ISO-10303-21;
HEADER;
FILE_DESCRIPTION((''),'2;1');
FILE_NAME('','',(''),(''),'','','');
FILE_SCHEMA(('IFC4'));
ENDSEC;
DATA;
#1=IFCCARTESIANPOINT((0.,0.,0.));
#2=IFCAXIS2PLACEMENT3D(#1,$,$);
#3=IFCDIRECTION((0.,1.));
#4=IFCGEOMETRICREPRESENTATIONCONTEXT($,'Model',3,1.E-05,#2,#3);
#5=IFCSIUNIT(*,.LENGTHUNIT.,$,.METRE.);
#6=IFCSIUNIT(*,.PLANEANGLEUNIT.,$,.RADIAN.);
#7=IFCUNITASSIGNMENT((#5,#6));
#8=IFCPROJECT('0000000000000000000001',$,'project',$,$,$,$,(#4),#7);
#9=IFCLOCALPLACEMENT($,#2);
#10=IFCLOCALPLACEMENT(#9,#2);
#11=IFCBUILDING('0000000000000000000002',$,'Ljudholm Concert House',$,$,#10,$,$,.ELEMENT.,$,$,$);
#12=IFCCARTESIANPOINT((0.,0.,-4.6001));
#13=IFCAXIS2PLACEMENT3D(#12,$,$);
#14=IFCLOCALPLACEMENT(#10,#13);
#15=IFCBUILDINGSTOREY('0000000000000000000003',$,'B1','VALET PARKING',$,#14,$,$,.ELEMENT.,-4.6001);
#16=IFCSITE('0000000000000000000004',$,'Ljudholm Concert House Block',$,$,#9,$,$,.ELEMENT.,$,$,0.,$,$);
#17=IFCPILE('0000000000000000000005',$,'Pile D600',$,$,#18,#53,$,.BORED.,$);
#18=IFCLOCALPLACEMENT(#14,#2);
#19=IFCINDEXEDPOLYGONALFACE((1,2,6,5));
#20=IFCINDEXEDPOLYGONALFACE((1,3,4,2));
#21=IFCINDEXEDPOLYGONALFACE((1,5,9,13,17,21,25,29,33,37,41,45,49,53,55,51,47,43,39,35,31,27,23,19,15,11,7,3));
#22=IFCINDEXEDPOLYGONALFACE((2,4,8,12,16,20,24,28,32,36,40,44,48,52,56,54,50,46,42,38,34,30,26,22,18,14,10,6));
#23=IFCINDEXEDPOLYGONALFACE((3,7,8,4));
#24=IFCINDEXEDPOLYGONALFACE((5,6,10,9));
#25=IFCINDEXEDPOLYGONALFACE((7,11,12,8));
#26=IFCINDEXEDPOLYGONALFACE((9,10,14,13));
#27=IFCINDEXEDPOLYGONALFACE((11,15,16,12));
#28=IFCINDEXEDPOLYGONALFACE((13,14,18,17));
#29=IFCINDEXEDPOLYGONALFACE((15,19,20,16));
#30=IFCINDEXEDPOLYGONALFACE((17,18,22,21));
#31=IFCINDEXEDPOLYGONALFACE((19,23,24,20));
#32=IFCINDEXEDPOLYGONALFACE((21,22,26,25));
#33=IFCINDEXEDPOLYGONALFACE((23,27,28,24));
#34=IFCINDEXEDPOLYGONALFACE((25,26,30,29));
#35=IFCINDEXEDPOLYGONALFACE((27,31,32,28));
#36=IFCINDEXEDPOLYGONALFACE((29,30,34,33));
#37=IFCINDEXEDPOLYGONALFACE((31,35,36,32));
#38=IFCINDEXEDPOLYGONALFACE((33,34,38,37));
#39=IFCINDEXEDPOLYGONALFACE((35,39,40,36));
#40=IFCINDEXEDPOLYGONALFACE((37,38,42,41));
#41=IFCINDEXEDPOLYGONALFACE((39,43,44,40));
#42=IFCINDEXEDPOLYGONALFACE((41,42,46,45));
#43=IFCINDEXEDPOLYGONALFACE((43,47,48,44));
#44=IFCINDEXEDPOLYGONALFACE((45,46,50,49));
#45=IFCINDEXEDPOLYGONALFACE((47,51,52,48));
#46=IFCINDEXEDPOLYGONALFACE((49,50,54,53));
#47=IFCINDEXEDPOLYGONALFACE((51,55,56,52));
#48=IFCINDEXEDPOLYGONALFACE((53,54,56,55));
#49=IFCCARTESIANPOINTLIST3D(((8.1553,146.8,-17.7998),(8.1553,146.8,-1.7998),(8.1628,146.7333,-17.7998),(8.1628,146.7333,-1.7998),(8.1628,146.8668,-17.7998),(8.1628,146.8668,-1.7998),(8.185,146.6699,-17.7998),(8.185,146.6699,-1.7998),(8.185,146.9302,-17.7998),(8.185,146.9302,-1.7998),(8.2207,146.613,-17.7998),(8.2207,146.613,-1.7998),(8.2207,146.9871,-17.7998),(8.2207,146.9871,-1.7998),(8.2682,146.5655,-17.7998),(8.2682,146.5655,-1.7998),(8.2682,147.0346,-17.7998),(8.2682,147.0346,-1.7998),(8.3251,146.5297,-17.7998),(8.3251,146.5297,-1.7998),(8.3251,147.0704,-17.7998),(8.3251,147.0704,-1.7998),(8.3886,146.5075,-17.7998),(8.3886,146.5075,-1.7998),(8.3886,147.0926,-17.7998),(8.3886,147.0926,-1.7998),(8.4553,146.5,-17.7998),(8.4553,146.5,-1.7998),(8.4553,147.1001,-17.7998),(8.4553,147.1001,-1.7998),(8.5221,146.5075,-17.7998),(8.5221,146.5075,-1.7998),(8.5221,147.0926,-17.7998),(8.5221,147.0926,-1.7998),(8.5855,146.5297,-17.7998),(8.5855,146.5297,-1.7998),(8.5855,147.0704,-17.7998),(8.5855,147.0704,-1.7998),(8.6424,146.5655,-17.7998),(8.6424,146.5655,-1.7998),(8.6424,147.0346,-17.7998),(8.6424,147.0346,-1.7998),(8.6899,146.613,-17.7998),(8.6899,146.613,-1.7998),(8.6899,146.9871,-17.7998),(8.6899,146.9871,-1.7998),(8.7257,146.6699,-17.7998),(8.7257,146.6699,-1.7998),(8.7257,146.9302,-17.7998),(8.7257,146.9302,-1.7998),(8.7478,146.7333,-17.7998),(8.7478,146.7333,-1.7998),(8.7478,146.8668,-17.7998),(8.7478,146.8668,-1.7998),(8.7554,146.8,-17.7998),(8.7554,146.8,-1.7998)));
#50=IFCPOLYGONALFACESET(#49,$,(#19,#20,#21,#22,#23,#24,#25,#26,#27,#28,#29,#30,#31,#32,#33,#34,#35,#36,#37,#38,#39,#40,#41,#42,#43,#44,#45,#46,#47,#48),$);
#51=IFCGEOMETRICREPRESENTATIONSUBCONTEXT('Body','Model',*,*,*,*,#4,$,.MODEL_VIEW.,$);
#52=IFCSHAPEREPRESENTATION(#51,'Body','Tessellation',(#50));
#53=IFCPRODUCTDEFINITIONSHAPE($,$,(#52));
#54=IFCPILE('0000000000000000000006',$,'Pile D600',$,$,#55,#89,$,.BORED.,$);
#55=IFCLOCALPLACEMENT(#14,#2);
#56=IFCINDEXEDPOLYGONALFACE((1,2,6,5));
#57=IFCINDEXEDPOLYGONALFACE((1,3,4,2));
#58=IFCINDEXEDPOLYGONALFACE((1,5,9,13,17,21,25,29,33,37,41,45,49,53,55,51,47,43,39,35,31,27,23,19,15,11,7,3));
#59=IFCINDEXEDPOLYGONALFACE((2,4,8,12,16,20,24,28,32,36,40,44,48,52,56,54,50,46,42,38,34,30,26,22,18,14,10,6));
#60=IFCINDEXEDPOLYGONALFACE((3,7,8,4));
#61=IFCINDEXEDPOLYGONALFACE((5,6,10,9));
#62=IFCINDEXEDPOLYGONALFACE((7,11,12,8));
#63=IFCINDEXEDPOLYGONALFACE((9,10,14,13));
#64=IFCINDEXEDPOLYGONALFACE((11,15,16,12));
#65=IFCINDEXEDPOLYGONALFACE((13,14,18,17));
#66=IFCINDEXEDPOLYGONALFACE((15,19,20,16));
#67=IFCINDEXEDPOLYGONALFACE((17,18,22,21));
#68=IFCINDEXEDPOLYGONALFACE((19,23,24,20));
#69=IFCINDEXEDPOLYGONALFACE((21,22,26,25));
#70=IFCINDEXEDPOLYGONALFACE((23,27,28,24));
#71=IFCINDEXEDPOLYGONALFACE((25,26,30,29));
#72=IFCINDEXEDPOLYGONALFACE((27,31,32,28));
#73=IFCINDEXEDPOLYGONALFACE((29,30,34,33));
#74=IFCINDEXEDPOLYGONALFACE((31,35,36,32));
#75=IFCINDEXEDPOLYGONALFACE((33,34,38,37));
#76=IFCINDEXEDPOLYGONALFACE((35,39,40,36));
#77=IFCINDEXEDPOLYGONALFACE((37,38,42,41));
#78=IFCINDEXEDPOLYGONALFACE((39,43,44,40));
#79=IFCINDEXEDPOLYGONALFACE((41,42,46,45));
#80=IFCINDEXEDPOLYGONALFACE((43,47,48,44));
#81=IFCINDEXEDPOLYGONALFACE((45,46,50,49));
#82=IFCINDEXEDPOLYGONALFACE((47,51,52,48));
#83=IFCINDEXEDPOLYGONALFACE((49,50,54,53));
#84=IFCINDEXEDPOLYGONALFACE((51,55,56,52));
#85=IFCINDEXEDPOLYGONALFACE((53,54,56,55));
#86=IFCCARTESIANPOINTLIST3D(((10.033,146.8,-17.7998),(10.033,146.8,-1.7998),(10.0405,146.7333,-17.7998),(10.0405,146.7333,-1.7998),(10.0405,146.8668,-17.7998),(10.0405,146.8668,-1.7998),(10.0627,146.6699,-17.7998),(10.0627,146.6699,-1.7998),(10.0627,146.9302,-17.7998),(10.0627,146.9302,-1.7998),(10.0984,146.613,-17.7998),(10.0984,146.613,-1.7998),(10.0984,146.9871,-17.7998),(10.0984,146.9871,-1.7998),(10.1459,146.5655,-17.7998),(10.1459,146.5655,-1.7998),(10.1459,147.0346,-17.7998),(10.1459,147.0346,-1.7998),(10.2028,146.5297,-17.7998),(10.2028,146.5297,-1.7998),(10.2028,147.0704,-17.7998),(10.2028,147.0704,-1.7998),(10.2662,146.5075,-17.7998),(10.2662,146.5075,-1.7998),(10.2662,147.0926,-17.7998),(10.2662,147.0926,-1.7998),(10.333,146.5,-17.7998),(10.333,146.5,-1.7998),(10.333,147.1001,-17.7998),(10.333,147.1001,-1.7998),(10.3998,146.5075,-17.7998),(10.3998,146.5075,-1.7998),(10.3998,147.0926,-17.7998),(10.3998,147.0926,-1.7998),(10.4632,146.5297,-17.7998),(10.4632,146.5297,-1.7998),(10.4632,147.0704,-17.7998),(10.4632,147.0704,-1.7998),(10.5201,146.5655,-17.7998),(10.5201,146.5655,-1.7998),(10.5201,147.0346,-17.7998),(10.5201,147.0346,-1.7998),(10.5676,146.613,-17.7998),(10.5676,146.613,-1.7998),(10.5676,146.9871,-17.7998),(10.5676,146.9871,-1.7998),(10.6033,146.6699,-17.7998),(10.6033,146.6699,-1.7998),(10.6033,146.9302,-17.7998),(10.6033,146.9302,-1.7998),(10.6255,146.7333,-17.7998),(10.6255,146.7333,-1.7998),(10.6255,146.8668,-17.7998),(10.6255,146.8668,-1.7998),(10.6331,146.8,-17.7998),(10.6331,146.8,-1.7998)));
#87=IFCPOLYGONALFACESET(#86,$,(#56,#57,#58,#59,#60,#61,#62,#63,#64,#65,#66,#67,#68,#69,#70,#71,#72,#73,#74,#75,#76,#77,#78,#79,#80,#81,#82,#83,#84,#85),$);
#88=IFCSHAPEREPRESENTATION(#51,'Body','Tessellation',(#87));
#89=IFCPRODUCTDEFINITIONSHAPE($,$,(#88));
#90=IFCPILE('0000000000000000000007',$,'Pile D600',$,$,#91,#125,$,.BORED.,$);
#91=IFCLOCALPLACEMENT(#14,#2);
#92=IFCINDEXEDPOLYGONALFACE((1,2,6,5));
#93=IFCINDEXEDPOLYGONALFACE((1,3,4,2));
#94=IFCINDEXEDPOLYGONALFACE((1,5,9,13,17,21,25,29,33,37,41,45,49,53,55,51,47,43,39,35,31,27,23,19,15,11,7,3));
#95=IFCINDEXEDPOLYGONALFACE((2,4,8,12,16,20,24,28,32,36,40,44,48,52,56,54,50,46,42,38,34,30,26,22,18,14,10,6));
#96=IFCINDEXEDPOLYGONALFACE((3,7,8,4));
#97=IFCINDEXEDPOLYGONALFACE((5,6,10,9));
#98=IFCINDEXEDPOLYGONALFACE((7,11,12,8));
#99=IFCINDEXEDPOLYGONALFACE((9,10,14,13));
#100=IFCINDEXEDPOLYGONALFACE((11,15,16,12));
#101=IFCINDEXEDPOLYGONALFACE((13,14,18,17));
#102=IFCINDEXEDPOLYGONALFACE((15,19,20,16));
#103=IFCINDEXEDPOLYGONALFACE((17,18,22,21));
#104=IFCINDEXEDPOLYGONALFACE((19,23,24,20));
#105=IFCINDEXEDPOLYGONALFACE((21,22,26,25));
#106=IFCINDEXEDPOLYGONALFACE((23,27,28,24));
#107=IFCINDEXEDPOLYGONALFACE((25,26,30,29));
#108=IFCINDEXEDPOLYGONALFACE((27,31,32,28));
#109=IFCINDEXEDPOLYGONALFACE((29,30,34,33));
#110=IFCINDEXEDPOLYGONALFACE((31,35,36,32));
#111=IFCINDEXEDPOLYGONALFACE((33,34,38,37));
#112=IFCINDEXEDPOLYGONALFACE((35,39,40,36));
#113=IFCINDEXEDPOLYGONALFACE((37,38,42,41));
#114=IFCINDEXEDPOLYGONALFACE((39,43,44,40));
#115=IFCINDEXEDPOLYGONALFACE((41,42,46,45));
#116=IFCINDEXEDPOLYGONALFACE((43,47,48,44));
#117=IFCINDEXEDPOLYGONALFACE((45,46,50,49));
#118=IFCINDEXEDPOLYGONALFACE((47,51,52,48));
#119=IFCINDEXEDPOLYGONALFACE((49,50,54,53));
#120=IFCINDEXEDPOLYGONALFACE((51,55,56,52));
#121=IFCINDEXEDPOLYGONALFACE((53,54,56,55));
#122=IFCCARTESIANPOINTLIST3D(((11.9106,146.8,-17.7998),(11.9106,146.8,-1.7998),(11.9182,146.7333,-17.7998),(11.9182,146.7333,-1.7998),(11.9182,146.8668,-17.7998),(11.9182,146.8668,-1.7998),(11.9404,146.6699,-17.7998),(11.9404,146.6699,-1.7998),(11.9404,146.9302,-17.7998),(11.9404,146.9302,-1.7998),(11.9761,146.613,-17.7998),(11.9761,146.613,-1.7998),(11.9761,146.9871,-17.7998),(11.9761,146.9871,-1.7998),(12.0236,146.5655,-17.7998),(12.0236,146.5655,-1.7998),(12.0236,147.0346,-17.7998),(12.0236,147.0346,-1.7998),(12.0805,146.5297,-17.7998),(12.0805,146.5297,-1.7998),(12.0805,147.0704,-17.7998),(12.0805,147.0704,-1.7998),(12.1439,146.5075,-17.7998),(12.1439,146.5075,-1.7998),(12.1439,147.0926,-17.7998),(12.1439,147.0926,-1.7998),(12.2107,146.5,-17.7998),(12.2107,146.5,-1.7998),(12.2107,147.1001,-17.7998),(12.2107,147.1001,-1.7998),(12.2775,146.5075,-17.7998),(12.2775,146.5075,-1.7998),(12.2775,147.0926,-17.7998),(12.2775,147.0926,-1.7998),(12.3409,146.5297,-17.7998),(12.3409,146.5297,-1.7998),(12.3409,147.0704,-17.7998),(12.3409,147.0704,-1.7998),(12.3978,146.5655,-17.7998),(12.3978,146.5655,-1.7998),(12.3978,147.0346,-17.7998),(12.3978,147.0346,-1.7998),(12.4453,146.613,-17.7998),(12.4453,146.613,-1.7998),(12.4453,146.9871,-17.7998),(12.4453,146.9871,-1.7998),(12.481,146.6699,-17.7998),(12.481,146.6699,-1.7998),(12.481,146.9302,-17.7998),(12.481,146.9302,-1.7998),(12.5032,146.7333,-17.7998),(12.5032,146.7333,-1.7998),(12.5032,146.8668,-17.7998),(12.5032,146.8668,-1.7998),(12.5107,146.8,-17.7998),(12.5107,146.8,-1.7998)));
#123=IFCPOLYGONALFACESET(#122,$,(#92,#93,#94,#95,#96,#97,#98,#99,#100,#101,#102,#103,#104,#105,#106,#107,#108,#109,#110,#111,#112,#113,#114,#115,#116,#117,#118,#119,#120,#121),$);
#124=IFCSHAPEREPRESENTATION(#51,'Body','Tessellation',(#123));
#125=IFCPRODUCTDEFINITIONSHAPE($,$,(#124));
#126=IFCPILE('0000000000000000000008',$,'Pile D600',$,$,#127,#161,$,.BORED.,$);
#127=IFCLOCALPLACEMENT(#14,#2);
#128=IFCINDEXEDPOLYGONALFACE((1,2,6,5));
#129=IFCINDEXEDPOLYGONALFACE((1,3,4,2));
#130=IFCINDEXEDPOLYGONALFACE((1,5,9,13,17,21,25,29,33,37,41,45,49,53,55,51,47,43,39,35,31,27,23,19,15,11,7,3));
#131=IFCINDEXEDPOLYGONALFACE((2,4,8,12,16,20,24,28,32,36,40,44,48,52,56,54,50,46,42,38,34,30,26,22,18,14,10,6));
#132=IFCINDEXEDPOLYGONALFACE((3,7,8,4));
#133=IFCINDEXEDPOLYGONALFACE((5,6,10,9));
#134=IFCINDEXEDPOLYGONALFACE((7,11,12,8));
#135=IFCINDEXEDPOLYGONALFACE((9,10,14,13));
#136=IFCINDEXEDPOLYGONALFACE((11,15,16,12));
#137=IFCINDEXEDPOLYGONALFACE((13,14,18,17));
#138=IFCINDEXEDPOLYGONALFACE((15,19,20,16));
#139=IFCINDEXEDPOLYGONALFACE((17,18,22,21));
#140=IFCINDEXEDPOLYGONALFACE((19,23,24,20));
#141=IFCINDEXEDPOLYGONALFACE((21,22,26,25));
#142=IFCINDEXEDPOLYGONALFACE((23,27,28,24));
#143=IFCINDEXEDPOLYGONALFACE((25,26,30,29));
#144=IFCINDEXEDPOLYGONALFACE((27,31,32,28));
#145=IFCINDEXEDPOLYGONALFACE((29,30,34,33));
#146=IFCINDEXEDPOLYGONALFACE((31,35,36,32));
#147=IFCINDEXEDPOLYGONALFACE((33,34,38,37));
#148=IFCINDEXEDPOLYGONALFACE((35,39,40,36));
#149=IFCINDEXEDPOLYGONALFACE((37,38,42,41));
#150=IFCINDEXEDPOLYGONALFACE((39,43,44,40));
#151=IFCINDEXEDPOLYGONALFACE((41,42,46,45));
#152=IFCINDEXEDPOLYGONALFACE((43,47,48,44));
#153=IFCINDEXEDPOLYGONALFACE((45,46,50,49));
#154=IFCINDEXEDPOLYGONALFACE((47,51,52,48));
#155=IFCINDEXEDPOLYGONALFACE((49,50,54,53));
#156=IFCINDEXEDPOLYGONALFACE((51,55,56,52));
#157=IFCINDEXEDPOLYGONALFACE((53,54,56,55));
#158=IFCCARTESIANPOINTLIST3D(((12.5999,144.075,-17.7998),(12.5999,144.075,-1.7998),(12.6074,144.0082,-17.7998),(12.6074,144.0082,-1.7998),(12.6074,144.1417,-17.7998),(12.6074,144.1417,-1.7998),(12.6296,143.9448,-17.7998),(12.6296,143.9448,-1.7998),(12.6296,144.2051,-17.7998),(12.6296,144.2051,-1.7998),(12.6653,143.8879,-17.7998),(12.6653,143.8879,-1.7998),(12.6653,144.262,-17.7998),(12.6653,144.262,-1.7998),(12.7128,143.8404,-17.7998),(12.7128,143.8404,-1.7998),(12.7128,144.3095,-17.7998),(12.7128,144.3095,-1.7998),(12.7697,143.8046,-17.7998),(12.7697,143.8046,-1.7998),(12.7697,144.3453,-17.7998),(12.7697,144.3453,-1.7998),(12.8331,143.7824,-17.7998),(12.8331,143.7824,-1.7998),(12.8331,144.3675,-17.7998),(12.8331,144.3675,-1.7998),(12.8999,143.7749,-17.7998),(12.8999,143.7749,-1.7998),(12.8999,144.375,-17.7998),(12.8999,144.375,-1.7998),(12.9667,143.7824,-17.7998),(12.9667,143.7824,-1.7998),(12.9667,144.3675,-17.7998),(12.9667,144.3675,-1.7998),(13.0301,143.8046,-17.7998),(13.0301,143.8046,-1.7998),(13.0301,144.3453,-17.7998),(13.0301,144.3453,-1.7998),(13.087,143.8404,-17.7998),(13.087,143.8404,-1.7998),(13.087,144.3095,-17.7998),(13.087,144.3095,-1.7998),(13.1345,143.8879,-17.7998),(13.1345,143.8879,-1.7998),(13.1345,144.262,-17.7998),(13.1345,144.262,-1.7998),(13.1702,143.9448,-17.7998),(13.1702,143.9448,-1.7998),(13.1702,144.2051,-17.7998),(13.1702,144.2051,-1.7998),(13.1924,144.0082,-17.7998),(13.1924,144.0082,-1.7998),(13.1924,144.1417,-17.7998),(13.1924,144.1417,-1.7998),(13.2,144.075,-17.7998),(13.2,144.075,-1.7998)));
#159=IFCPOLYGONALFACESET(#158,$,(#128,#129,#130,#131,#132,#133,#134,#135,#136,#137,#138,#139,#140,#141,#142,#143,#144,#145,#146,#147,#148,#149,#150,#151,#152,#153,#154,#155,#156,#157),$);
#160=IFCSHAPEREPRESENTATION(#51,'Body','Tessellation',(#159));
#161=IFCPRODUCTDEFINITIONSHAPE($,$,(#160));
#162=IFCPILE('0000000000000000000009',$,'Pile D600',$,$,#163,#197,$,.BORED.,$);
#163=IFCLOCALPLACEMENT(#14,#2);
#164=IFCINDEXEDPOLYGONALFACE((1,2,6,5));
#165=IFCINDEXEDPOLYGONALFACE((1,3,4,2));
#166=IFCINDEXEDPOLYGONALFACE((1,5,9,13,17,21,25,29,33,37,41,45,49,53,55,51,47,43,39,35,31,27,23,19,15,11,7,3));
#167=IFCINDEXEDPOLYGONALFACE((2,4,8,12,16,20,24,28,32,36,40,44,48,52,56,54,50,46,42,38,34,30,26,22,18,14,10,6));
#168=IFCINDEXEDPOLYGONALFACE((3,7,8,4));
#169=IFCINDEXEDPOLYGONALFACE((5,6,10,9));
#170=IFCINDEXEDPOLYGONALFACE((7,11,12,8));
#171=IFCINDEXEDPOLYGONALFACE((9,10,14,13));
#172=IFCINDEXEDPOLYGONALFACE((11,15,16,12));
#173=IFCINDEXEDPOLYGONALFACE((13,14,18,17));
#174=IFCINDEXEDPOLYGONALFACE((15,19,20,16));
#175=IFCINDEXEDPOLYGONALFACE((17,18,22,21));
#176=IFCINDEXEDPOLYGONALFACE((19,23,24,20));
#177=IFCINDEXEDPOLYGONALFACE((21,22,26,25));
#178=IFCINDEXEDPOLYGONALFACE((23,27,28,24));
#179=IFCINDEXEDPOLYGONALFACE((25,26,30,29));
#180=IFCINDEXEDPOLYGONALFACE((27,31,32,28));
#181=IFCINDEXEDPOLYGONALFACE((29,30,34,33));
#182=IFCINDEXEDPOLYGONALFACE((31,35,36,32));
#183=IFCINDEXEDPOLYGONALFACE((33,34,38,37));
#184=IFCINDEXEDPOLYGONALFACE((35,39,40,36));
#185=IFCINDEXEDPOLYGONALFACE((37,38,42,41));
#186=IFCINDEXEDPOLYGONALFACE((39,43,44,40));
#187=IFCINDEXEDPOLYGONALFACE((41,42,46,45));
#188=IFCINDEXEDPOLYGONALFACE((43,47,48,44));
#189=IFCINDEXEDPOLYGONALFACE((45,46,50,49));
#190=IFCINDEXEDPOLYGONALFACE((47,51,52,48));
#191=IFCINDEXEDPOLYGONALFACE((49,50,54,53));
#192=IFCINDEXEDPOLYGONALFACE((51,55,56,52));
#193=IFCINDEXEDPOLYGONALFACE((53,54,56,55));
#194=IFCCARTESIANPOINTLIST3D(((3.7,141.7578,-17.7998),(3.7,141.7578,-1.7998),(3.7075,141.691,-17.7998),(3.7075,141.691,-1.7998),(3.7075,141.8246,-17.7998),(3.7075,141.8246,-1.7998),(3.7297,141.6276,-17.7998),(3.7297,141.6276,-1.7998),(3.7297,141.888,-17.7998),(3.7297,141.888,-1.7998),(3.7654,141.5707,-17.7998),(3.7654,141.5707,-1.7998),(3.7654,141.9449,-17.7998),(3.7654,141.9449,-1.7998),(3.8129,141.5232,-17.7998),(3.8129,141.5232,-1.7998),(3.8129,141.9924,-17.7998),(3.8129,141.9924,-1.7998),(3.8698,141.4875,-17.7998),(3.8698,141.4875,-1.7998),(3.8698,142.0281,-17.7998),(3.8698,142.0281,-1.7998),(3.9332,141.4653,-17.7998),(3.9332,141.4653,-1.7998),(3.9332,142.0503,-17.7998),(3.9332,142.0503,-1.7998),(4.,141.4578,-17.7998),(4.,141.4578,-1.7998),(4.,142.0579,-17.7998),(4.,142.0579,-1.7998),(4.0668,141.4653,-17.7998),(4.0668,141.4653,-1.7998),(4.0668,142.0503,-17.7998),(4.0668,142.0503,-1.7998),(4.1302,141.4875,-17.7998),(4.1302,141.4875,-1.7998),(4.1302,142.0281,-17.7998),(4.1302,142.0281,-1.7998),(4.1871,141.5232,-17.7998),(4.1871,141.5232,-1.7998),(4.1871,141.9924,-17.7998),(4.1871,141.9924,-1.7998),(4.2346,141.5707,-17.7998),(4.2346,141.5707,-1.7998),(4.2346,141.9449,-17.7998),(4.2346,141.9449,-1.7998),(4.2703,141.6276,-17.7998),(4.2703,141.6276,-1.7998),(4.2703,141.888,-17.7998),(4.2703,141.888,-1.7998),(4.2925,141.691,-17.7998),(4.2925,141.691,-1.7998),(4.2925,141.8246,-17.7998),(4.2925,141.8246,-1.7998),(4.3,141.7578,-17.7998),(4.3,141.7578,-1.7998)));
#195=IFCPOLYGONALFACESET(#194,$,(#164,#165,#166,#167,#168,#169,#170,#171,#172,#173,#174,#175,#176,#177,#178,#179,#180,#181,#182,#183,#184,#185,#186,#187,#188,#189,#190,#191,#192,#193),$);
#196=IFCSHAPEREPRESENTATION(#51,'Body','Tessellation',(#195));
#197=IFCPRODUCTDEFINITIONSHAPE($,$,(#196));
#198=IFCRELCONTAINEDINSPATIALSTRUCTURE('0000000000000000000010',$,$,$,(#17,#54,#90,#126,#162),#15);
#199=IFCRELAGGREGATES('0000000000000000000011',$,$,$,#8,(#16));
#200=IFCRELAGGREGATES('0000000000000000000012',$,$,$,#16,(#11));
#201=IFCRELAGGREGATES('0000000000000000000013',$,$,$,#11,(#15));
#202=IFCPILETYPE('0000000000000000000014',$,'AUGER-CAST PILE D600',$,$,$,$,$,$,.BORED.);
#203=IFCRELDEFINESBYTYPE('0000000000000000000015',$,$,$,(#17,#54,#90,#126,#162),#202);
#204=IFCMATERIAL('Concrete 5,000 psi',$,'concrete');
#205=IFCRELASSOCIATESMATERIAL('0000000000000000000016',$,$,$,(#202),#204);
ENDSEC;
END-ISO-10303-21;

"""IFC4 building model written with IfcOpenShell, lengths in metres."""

from ifc_helpers import new_model, si_unit, direction, frame, origin, origin_2d, place, context, subcontext, project, spatial, circle, extrude, material, material_profile, profile_set, type_object, element, save


model = new_model("IFC4")

# Units and contexts
model_context = context("Model", 3, precision=1e-05, world=origin(), true_north=direction((0.0, 1.0)))
body_context = subcontext(model_context, "Body", "Model", "MODEL_VIEW")
ifc_project = project(units=[si_unit("LENGTHUNIT", "METRE"), si_unit("PLANEANGLEUNIT", "RADIAN")], contexts=[model_context])

# Site, building, storey
site_placement = place(None, origin())
site = spatial("IfcSite", under=ifc_project, at=site_placement, Name="Ljudholm Concert House Block", CompositionType="ELEMENT", RefElevation=0.0)
building_placement = place(site_placement, origin())
building = spatial("IfcBuilding", under=site, at=building_placement, Name="Ljudholm Concert House", CompositionType="ELEMENT")
storey_placement = place(building_placement, frame((0.0, 0.0, -4.6001)))
storey = spatial("IfcBuildingStorey", under=building, at=storey_placement, Name="B1", Description="VALET PARKING", CompositionType="ELEMENT", Elevation=-4.6001)

# Piles
ifc_material_1 = material(Name="Concrete 5,000 psi", Category="concrete")
ifc_material_profile_1 = material_profile(ifc_material_1, circle(Radius=0.3, at=origin_2d()), Name="AUGER-CAST PILE D600")
ifc_profile_set_1 = profile_set([ifc_material_profile_1], Name="Concrete 5,000 psi")
pile_type = type_object("IfcPileType", Name="AUGER-CAST PILE D600", PredefinedType="BORED", material=ifc_profile_set_1)
for number, where, z_axis, x_axis, name in (
    (1, (8.4553, 146.8, -1.7998), (0.0, 0.0, -1.0), (1.0, 0.0, 0.0), "Pile D600"),
    (2, (10.333, 146.8, -1.7998), (0.0, 0.0, -1.0), (1.0, 0.0, 0.0), "Pile D600"),
    (3, (12.2107, 146.8, -1.7998), (0.0, 0.0, -1.0), (1.0, 0.0, 0.0), "Pile D600"),
    (4, (12.8999, 144.075, -1.7998), (0.0, 0.0, -1.0), (1.0, 0.0, 0.0), "Pile D600"),
    (5, (4.0, 141.7578, -1.7998), (0.0, 0.0, -1.0), (1.0, 0.0, 0.0), "Pile D600"),
):
    element("IfcPile", number, at=place(storey_placement, frame(where, z_axis=z_axis, x_axis=x_axis)), inside=storey, type_object=pile_type, Name=name, PredefinedType="BORED", context=body_context, shape_type="SweptSolid", body=[
        extrude(circle(Radius=0.3, at=origin_2d()), origin(), (0.0, 0.0, 1.0), 16.0),
    ])

save(model, "model.ifc")
